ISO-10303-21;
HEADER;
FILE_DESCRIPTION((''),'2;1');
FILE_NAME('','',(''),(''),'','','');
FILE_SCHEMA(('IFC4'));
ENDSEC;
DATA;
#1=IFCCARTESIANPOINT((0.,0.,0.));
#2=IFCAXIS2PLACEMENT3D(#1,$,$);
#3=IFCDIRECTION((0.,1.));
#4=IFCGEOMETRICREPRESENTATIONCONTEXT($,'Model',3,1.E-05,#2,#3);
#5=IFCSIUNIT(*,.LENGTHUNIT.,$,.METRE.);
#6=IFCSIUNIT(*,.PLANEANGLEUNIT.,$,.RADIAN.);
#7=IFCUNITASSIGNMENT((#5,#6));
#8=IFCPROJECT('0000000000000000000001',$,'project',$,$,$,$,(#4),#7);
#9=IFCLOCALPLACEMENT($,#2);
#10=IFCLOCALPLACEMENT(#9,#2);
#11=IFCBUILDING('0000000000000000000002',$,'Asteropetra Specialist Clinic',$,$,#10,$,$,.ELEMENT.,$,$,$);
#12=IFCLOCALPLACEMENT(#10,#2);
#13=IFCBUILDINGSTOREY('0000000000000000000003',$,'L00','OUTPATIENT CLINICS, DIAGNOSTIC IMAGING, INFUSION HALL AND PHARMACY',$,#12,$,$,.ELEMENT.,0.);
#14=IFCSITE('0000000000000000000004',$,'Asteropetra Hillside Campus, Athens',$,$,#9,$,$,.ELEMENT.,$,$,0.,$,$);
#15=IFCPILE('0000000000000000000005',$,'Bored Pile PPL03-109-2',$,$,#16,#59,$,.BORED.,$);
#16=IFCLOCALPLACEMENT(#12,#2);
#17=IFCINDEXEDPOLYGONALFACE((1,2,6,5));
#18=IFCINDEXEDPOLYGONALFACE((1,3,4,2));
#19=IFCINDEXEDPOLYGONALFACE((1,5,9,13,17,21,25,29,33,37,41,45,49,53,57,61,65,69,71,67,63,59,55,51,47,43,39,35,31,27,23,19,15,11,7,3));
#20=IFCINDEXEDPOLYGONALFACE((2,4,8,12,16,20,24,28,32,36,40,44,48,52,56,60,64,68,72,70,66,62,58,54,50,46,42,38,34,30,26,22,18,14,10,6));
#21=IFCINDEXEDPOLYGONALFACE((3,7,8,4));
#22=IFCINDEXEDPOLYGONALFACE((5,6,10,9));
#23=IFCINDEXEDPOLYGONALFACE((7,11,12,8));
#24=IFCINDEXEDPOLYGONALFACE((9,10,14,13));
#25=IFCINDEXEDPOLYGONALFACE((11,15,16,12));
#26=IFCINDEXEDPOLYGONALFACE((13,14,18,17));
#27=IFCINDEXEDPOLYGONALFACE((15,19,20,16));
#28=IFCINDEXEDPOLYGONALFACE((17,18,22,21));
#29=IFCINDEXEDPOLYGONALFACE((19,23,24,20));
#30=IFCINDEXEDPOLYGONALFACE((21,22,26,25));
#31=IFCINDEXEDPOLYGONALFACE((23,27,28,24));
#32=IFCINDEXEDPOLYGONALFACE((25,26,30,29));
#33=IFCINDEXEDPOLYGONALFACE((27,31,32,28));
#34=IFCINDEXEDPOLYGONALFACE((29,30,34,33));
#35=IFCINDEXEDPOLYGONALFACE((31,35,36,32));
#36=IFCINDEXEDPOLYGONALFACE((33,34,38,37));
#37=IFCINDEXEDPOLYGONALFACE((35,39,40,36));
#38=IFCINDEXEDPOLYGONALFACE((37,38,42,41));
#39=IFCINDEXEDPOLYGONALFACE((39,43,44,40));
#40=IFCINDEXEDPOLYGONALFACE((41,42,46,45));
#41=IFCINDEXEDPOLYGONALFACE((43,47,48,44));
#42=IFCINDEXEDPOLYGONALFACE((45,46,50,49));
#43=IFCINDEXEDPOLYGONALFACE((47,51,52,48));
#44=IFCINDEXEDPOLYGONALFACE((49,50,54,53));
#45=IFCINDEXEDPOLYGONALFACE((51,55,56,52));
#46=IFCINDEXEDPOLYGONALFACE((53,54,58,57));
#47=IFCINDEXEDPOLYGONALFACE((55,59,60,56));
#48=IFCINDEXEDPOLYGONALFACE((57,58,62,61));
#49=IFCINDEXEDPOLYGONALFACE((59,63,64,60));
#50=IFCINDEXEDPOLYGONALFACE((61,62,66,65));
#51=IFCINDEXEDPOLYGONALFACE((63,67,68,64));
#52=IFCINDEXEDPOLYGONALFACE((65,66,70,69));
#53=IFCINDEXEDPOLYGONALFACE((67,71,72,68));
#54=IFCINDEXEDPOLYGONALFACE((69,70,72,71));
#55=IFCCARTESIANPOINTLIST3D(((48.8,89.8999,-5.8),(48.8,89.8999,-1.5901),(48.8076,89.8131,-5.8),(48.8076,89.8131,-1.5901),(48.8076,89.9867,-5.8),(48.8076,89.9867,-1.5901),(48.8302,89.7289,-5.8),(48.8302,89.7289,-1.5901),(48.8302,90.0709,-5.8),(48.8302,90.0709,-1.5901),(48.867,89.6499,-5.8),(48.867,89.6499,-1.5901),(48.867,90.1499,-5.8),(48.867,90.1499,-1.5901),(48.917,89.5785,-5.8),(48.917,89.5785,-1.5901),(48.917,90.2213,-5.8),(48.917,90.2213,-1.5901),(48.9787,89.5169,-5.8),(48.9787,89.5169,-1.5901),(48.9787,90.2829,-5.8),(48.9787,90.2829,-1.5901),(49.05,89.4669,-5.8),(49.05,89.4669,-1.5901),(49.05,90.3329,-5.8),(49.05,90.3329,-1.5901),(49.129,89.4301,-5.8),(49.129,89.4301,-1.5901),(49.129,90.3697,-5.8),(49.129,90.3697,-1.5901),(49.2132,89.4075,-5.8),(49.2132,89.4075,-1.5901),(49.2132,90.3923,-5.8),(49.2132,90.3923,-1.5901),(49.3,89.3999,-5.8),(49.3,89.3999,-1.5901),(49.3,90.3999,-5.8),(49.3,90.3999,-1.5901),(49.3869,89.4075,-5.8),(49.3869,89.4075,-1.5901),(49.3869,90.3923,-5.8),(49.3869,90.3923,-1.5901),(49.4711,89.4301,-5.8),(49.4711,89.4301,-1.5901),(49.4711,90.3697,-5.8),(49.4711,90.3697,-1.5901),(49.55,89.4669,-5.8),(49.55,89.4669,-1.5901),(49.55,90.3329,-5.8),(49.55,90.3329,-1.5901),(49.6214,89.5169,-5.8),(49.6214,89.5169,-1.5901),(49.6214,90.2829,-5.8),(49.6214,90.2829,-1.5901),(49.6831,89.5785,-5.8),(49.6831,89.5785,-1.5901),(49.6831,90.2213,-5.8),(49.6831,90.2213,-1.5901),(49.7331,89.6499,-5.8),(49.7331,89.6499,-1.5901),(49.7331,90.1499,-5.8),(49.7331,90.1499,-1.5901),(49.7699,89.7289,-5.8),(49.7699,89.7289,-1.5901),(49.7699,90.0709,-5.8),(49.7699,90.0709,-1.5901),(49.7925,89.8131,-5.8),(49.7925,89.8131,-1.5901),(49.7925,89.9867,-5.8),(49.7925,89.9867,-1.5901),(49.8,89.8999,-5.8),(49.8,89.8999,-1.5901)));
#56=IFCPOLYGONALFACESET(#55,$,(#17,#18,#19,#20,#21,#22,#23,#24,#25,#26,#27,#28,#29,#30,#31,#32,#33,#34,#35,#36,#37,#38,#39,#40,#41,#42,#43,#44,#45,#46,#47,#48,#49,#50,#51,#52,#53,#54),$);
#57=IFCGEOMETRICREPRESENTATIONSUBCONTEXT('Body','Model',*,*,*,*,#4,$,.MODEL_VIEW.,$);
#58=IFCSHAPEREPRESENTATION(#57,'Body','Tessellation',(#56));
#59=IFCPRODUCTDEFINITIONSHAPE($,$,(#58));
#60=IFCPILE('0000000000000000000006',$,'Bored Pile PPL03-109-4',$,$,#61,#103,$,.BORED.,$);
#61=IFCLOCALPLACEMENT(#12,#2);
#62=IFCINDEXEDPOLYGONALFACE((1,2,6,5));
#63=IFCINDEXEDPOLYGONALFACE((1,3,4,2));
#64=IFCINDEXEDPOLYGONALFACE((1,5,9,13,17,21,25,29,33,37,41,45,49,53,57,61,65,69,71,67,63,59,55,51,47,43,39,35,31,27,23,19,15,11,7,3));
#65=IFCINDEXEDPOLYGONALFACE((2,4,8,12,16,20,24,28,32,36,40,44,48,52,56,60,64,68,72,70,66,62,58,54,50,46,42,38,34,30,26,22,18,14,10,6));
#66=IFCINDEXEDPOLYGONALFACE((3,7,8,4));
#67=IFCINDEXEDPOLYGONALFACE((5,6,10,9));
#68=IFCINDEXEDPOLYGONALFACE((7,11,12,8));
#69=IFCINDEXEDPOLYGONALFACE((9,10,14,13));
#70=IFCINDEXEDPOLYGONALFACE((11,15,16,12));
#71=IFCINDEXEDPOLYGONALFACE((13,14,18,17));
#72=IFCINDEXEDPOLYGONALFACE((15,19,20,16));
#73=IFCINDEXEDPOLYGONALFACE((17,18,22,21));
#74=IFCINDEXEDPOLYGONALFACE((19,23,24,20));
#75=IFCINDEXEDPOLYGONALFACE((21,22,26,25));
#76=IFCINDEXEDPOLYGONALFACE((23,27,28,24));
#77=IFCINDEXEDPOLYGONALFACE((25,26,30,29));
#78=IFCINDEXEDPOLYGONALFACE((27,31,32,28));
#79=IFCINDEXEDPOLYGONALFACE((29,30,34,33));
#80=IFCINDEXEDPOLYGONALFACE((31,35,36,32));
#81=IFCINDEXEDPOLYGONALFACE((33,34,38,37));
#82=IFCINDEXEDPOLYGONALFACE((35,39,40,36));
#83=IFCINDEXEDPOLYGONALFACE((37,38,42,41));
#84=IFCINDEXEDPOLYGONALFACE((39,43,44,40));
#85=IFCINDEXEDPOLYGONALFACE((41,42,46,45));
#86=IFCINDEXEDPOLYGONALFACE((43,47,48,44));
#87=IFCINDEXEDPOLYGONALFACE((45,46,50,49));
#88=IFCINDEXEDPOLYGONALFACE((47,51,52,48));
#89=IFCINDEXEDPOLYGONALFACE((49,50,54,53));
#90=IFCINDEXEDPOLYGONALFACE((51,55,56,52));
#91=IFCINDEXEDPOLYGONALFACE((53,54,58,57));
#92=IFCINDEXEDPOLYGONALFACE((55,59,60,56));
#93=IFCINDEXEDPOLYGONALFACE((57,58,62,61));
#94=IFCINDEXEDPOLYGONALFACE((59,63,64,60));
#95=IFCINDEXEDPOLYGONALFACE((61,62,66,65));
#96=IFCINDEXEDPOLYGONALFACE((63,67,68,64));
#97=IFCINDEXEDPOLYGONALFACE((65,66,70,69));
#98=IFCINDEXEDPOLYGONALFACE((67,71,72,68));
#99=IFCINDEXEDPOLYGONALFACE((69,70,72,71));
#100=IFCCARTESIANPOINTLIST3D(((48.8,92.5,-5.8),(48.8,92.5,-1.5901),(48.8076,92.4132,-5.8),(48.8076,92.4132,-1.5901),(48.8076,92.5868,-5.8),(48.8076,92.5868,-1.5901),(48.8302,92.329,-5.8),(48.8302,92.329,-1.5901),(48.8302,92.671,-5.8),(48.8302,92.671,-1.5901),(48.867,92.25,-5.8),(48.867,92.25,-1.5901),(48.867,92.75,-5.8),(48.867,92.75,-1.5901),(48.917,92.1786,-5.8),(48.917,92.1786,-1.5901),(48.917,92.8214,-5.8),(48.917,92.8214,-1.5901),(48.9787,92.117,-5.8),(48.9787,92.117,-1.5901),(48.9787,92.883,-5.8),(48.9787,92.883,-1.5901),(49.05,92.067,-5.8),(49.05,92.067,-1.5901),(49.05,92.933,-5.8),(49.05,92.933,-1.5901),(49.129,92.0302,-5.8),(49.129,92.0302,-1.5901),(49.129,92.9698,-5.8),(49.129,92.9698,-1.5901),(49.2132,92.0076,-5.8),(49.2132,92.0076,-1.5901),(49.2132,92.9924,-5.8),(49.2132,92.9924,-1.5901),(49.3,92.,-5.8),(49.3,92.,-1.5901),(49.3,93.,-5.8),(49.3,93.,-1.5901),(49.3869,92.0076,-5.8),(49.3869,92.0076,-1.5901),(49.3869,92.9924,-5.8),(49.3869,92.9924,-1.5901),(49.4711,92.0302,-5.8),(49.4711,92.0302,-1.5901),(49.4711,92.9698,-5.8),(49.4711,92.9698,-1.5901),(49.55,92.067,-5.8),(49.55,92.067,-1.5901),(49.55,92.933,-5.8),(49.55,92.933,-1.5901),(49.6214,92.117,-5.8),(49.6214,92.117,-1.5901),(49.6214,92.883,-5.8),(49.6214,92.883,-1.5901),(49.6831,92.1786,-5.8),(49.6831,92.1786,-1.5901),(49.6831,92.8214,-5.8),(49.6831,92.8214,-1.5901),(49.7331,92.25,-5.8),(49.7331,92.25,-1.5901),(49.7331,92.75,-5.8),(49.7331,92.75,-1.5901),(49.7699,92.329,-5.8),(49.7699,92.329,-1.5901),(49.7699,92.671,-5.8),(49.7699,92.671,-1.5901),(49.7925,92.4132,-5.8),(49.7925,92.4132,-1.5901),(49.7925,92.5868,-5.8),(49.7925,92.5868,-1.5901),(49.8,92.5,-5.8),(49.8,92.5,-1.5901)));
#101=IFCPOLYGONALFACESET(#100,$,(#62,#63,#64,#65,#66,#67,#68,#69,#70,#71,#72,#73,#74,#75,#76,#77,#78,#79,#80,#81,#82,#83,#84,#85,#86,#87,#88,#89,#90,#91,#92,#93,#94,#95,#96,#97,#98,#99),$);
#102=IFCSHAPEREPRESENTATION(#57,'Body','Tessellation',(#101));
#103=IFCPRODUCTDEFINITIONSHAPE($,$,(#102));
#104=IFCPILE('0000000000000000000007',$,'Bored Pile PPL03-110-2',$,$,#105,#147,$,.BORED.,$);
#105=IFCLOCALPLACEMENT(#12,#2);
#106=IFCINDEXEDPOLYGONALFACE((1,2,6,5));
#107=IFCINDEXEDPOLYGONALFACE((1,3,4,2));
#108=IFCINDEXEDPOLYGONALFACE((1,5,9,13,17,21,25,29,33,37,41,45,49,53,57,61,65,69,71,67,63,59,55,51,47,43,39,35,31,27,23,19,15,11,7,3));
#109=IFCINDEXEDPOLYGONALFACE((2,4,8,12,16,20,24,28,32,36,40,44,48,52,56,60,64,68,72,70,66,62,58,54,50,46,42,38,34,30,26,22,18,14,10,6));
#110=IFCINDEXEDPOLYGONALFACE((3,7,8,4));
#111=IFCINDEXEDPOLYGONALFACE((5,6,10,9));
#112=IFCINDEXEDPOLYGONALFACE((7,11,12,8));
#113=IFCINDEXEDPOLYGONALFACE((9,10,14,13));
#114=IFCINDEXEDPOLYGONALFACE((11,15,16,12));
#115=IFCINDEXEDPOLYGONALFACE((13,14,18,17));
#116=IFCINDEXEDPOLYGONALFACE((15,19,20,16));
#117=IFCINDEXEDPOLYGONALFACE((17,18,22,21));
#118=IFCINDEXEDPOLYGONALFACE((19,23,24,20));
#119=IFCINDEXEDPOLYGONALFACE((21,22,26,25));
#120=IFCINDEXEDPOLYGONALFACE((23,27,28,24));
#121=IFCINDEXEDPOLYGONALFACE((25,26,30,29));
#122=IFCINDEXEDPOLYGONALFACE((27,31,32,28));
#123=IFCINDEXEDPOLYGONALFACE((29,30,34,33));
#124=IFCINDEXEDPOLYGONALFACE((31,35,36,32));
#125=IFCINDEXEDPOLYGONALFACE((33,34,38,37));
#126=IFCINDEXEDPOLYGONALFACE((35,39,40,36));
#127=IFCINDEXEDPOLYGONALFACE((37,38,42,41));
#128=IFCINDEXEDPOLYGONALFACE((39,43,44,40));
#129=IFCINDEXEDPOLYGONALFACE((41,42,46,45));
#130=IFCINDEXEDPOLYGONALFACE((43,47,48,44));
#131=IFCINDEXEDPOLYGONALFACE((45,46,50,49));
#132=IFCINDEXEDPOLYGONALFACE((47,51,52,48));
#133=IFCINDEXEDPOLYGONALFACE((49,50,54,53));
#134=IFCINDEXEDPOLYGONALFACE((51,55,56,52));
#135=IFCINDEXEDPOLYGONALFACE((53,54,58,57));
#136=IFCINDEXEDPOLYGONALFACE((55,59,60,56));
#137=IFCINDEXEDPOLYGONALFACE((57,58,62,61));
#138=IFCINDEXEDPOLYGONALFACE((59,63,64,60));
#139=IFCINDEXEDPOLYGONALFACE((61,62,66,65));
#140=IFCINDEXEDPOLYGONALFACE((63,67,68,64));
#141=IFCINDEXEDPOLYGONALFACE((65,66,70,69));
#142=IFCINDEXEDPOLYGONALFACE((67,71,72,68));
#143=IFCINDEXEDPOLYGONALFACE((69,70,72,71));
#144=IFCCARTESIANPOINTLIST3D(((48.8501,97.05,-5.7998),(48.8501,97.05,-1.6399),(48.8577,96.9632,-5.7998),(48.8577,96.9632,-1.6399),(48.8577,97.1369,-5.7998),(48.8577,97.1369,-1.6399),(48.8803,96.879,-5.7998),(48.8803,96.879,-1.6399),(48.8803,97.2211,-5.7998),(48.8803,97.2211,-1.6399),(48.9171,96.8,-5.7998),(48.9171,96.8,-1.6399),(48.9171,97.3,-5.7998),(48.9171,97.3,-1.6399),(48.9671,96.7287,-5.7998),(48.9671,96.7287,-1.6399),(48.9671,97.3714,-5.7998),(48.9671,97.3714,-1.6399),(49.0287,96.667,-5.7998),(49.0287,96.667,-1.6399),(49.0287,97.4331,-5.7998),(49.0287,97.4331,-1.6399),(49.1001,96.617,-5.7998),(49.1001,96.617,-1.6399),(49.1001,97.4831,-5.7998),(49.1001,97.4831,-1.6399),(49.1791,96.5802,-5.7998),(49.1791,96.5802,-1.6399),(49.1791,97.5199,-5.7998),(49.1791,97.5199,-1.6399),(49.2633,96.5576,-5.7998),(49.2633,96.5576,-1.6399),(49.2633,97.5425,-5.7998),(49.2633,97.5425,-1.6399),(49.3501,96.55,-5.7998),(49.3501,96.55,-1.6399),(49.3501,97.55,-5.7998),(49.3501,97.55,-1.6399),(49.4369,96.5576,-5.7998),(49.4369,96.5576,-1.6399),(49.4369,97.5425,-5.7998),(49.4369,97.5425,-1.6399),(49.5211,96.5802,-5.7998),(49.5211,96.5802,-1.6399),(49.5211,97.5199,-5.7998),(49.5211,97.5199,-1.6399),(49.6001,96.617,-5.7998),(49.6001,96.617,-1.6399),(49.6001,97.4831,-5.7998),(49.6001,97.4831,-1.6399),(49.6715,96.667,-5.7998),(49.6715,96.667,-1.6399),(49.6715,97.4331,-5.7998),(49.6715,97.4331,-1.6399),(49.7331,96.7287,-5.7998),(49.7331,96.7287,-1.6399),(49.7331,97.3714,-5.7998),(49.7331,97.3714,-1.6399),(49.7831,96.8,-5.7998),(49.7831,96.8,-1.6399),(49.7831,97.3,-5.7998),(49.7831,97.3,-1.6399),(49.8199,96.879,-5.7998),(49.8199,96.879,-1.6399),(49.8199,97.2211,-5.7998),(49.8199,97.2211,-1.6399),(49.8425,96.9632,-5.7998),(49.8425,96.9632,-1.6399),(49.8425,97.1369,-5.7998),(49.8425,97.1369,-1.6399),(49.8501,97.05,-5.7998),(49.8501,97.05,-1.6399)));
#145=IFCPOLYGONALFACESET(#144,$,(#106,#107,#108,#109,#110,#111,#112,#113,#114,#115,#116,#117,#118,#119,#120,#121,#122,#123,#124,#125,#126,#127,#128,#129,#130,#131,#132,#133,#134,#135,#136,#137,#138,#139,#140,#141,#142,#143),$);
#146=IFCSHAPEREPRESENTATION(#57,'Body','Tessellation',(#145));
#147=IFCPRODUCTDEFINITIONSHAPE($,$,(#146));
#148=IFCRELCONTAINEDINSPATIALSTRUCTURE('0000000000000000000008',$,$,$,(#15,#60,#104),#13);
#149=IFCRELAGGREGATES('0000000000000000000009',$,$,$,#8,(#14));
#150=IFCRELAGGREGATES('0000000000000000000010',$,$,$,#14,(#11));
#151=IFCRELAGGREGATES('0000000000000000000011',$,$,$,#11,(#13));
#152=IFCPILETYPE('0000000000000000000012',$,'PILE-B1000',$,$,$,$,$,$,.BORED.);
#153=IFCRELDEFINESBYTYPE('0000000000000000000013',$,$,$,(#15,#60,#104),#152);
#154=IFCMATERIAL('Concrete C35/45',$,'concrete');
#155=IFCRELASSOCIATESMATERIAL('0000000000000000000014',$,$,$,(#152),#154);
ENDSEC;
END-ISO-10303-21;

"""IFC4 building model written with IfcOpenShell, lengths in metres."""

from ifc_helpers import new_model, si_unit, direction, frame, origin, origin_2d, place, context, subcontext, project, spatial, circle, extrude, material, material_profile, profile_set, type_object, element, save


model = new_model("IFC4")

# Units and contexts
model_context = context("Model", 3, precision=1e-05, world=origin(), true_north=direction((0.0, 1.0)))
body_context = subcontext(model_context, "Body", "Model", "MODEL_VIEW")
ifc_project = project(units=[si_unit("LENGTHUNIT", "METRE"), si_unit("PLANEANGLEUNIT", "RADIAN")], contexts=[model_context])

# Site, building, storey
site_placement = place(None, origin())
site = spatial("IfcSite", under=ifc_project, at=site_placement, Name="Asteropetra Hillside Campus, Athens", CompositionType="ELEMENT", RefElevation=0.0)
building_placement = place(site_placement, origin())
building = spatial("IfcBuilding", under=site, at=building_placement, Name="Asteropetra Specialist Clinic", CompositionType="ELEMENT")
storey_placement = place(building_placement, origin())
storey = spatial("IfcBuildingStorey", under=building, at=storey_placement, Name="L00", Description="OUTPATIENT CLINICS, DIAGNOSTIC IMAGING, INFUSION HALL AND PHARMACY", CompositionType="ELEMENT", Elevation=0.0)

# Piles
ifc_material_1 = material(Name="Concrete C35/45", Category="concrete")
ifc_material_profile_1 = material_profile(ifc_material_1, circle(Radius=0.5, at=origin_2d()), Name="PILE D1000")
ifc_profile_set_1 = profile_set([ifc_material_profile_1], Name="Concrete C35/45")
pile_type = type_object("IfcPileType", Name="PILE-B1000", PredefinedType="BORED", material=ifc_profile_set_1)
for number, where, z_axis, x_axis, name in (
    (1, (49.3, 89.8999, -1.5901), (0.0, 0.0, -1.0), (1.0, 0.0, 0.0), "Bored Pile PPL03-109-2"),
    (2, (49.3, 92.5, -1.5901), (0.0, 0.0, -1.0), (1.0, 0.0, 0.0), "Bored Pile PPL03-109-4"),
):
    element("IfcPile", number, at=place(storey_placement, frame(where, z_axis=z_axis, x_axis=x_axis)), inside=storey, type_object=pile_type, Name=name, PredefinedType="BORED", context=body_context, shape_type="SweptSolid", body=[
        extrude(circle(Radius=0.5, at=origin_2d()), origin(), (0.0, 0.0, 1.0), 4.21),
    ])
pile_placement = place(storey_placement, frame((49.3501, 97.05, -1.6399), z_axis=(0.0, 0.0, -1.0), x_axis=(1.0, 0.0, 0.0)))
element("IfcPile", 3, at=pile_placement, inside=storey, type_object=pile_type, Name="Bored Pile PPL03-110-2", PredefinedType="BORED", context=body_context, shape_type="SweptSolid", body=[
    extrude(circle(Radius=0.5, at=origin_2d()), origin(), (0.0, 0.0, 1.0), 4.1599),
])

save(model, "model.ifc")
